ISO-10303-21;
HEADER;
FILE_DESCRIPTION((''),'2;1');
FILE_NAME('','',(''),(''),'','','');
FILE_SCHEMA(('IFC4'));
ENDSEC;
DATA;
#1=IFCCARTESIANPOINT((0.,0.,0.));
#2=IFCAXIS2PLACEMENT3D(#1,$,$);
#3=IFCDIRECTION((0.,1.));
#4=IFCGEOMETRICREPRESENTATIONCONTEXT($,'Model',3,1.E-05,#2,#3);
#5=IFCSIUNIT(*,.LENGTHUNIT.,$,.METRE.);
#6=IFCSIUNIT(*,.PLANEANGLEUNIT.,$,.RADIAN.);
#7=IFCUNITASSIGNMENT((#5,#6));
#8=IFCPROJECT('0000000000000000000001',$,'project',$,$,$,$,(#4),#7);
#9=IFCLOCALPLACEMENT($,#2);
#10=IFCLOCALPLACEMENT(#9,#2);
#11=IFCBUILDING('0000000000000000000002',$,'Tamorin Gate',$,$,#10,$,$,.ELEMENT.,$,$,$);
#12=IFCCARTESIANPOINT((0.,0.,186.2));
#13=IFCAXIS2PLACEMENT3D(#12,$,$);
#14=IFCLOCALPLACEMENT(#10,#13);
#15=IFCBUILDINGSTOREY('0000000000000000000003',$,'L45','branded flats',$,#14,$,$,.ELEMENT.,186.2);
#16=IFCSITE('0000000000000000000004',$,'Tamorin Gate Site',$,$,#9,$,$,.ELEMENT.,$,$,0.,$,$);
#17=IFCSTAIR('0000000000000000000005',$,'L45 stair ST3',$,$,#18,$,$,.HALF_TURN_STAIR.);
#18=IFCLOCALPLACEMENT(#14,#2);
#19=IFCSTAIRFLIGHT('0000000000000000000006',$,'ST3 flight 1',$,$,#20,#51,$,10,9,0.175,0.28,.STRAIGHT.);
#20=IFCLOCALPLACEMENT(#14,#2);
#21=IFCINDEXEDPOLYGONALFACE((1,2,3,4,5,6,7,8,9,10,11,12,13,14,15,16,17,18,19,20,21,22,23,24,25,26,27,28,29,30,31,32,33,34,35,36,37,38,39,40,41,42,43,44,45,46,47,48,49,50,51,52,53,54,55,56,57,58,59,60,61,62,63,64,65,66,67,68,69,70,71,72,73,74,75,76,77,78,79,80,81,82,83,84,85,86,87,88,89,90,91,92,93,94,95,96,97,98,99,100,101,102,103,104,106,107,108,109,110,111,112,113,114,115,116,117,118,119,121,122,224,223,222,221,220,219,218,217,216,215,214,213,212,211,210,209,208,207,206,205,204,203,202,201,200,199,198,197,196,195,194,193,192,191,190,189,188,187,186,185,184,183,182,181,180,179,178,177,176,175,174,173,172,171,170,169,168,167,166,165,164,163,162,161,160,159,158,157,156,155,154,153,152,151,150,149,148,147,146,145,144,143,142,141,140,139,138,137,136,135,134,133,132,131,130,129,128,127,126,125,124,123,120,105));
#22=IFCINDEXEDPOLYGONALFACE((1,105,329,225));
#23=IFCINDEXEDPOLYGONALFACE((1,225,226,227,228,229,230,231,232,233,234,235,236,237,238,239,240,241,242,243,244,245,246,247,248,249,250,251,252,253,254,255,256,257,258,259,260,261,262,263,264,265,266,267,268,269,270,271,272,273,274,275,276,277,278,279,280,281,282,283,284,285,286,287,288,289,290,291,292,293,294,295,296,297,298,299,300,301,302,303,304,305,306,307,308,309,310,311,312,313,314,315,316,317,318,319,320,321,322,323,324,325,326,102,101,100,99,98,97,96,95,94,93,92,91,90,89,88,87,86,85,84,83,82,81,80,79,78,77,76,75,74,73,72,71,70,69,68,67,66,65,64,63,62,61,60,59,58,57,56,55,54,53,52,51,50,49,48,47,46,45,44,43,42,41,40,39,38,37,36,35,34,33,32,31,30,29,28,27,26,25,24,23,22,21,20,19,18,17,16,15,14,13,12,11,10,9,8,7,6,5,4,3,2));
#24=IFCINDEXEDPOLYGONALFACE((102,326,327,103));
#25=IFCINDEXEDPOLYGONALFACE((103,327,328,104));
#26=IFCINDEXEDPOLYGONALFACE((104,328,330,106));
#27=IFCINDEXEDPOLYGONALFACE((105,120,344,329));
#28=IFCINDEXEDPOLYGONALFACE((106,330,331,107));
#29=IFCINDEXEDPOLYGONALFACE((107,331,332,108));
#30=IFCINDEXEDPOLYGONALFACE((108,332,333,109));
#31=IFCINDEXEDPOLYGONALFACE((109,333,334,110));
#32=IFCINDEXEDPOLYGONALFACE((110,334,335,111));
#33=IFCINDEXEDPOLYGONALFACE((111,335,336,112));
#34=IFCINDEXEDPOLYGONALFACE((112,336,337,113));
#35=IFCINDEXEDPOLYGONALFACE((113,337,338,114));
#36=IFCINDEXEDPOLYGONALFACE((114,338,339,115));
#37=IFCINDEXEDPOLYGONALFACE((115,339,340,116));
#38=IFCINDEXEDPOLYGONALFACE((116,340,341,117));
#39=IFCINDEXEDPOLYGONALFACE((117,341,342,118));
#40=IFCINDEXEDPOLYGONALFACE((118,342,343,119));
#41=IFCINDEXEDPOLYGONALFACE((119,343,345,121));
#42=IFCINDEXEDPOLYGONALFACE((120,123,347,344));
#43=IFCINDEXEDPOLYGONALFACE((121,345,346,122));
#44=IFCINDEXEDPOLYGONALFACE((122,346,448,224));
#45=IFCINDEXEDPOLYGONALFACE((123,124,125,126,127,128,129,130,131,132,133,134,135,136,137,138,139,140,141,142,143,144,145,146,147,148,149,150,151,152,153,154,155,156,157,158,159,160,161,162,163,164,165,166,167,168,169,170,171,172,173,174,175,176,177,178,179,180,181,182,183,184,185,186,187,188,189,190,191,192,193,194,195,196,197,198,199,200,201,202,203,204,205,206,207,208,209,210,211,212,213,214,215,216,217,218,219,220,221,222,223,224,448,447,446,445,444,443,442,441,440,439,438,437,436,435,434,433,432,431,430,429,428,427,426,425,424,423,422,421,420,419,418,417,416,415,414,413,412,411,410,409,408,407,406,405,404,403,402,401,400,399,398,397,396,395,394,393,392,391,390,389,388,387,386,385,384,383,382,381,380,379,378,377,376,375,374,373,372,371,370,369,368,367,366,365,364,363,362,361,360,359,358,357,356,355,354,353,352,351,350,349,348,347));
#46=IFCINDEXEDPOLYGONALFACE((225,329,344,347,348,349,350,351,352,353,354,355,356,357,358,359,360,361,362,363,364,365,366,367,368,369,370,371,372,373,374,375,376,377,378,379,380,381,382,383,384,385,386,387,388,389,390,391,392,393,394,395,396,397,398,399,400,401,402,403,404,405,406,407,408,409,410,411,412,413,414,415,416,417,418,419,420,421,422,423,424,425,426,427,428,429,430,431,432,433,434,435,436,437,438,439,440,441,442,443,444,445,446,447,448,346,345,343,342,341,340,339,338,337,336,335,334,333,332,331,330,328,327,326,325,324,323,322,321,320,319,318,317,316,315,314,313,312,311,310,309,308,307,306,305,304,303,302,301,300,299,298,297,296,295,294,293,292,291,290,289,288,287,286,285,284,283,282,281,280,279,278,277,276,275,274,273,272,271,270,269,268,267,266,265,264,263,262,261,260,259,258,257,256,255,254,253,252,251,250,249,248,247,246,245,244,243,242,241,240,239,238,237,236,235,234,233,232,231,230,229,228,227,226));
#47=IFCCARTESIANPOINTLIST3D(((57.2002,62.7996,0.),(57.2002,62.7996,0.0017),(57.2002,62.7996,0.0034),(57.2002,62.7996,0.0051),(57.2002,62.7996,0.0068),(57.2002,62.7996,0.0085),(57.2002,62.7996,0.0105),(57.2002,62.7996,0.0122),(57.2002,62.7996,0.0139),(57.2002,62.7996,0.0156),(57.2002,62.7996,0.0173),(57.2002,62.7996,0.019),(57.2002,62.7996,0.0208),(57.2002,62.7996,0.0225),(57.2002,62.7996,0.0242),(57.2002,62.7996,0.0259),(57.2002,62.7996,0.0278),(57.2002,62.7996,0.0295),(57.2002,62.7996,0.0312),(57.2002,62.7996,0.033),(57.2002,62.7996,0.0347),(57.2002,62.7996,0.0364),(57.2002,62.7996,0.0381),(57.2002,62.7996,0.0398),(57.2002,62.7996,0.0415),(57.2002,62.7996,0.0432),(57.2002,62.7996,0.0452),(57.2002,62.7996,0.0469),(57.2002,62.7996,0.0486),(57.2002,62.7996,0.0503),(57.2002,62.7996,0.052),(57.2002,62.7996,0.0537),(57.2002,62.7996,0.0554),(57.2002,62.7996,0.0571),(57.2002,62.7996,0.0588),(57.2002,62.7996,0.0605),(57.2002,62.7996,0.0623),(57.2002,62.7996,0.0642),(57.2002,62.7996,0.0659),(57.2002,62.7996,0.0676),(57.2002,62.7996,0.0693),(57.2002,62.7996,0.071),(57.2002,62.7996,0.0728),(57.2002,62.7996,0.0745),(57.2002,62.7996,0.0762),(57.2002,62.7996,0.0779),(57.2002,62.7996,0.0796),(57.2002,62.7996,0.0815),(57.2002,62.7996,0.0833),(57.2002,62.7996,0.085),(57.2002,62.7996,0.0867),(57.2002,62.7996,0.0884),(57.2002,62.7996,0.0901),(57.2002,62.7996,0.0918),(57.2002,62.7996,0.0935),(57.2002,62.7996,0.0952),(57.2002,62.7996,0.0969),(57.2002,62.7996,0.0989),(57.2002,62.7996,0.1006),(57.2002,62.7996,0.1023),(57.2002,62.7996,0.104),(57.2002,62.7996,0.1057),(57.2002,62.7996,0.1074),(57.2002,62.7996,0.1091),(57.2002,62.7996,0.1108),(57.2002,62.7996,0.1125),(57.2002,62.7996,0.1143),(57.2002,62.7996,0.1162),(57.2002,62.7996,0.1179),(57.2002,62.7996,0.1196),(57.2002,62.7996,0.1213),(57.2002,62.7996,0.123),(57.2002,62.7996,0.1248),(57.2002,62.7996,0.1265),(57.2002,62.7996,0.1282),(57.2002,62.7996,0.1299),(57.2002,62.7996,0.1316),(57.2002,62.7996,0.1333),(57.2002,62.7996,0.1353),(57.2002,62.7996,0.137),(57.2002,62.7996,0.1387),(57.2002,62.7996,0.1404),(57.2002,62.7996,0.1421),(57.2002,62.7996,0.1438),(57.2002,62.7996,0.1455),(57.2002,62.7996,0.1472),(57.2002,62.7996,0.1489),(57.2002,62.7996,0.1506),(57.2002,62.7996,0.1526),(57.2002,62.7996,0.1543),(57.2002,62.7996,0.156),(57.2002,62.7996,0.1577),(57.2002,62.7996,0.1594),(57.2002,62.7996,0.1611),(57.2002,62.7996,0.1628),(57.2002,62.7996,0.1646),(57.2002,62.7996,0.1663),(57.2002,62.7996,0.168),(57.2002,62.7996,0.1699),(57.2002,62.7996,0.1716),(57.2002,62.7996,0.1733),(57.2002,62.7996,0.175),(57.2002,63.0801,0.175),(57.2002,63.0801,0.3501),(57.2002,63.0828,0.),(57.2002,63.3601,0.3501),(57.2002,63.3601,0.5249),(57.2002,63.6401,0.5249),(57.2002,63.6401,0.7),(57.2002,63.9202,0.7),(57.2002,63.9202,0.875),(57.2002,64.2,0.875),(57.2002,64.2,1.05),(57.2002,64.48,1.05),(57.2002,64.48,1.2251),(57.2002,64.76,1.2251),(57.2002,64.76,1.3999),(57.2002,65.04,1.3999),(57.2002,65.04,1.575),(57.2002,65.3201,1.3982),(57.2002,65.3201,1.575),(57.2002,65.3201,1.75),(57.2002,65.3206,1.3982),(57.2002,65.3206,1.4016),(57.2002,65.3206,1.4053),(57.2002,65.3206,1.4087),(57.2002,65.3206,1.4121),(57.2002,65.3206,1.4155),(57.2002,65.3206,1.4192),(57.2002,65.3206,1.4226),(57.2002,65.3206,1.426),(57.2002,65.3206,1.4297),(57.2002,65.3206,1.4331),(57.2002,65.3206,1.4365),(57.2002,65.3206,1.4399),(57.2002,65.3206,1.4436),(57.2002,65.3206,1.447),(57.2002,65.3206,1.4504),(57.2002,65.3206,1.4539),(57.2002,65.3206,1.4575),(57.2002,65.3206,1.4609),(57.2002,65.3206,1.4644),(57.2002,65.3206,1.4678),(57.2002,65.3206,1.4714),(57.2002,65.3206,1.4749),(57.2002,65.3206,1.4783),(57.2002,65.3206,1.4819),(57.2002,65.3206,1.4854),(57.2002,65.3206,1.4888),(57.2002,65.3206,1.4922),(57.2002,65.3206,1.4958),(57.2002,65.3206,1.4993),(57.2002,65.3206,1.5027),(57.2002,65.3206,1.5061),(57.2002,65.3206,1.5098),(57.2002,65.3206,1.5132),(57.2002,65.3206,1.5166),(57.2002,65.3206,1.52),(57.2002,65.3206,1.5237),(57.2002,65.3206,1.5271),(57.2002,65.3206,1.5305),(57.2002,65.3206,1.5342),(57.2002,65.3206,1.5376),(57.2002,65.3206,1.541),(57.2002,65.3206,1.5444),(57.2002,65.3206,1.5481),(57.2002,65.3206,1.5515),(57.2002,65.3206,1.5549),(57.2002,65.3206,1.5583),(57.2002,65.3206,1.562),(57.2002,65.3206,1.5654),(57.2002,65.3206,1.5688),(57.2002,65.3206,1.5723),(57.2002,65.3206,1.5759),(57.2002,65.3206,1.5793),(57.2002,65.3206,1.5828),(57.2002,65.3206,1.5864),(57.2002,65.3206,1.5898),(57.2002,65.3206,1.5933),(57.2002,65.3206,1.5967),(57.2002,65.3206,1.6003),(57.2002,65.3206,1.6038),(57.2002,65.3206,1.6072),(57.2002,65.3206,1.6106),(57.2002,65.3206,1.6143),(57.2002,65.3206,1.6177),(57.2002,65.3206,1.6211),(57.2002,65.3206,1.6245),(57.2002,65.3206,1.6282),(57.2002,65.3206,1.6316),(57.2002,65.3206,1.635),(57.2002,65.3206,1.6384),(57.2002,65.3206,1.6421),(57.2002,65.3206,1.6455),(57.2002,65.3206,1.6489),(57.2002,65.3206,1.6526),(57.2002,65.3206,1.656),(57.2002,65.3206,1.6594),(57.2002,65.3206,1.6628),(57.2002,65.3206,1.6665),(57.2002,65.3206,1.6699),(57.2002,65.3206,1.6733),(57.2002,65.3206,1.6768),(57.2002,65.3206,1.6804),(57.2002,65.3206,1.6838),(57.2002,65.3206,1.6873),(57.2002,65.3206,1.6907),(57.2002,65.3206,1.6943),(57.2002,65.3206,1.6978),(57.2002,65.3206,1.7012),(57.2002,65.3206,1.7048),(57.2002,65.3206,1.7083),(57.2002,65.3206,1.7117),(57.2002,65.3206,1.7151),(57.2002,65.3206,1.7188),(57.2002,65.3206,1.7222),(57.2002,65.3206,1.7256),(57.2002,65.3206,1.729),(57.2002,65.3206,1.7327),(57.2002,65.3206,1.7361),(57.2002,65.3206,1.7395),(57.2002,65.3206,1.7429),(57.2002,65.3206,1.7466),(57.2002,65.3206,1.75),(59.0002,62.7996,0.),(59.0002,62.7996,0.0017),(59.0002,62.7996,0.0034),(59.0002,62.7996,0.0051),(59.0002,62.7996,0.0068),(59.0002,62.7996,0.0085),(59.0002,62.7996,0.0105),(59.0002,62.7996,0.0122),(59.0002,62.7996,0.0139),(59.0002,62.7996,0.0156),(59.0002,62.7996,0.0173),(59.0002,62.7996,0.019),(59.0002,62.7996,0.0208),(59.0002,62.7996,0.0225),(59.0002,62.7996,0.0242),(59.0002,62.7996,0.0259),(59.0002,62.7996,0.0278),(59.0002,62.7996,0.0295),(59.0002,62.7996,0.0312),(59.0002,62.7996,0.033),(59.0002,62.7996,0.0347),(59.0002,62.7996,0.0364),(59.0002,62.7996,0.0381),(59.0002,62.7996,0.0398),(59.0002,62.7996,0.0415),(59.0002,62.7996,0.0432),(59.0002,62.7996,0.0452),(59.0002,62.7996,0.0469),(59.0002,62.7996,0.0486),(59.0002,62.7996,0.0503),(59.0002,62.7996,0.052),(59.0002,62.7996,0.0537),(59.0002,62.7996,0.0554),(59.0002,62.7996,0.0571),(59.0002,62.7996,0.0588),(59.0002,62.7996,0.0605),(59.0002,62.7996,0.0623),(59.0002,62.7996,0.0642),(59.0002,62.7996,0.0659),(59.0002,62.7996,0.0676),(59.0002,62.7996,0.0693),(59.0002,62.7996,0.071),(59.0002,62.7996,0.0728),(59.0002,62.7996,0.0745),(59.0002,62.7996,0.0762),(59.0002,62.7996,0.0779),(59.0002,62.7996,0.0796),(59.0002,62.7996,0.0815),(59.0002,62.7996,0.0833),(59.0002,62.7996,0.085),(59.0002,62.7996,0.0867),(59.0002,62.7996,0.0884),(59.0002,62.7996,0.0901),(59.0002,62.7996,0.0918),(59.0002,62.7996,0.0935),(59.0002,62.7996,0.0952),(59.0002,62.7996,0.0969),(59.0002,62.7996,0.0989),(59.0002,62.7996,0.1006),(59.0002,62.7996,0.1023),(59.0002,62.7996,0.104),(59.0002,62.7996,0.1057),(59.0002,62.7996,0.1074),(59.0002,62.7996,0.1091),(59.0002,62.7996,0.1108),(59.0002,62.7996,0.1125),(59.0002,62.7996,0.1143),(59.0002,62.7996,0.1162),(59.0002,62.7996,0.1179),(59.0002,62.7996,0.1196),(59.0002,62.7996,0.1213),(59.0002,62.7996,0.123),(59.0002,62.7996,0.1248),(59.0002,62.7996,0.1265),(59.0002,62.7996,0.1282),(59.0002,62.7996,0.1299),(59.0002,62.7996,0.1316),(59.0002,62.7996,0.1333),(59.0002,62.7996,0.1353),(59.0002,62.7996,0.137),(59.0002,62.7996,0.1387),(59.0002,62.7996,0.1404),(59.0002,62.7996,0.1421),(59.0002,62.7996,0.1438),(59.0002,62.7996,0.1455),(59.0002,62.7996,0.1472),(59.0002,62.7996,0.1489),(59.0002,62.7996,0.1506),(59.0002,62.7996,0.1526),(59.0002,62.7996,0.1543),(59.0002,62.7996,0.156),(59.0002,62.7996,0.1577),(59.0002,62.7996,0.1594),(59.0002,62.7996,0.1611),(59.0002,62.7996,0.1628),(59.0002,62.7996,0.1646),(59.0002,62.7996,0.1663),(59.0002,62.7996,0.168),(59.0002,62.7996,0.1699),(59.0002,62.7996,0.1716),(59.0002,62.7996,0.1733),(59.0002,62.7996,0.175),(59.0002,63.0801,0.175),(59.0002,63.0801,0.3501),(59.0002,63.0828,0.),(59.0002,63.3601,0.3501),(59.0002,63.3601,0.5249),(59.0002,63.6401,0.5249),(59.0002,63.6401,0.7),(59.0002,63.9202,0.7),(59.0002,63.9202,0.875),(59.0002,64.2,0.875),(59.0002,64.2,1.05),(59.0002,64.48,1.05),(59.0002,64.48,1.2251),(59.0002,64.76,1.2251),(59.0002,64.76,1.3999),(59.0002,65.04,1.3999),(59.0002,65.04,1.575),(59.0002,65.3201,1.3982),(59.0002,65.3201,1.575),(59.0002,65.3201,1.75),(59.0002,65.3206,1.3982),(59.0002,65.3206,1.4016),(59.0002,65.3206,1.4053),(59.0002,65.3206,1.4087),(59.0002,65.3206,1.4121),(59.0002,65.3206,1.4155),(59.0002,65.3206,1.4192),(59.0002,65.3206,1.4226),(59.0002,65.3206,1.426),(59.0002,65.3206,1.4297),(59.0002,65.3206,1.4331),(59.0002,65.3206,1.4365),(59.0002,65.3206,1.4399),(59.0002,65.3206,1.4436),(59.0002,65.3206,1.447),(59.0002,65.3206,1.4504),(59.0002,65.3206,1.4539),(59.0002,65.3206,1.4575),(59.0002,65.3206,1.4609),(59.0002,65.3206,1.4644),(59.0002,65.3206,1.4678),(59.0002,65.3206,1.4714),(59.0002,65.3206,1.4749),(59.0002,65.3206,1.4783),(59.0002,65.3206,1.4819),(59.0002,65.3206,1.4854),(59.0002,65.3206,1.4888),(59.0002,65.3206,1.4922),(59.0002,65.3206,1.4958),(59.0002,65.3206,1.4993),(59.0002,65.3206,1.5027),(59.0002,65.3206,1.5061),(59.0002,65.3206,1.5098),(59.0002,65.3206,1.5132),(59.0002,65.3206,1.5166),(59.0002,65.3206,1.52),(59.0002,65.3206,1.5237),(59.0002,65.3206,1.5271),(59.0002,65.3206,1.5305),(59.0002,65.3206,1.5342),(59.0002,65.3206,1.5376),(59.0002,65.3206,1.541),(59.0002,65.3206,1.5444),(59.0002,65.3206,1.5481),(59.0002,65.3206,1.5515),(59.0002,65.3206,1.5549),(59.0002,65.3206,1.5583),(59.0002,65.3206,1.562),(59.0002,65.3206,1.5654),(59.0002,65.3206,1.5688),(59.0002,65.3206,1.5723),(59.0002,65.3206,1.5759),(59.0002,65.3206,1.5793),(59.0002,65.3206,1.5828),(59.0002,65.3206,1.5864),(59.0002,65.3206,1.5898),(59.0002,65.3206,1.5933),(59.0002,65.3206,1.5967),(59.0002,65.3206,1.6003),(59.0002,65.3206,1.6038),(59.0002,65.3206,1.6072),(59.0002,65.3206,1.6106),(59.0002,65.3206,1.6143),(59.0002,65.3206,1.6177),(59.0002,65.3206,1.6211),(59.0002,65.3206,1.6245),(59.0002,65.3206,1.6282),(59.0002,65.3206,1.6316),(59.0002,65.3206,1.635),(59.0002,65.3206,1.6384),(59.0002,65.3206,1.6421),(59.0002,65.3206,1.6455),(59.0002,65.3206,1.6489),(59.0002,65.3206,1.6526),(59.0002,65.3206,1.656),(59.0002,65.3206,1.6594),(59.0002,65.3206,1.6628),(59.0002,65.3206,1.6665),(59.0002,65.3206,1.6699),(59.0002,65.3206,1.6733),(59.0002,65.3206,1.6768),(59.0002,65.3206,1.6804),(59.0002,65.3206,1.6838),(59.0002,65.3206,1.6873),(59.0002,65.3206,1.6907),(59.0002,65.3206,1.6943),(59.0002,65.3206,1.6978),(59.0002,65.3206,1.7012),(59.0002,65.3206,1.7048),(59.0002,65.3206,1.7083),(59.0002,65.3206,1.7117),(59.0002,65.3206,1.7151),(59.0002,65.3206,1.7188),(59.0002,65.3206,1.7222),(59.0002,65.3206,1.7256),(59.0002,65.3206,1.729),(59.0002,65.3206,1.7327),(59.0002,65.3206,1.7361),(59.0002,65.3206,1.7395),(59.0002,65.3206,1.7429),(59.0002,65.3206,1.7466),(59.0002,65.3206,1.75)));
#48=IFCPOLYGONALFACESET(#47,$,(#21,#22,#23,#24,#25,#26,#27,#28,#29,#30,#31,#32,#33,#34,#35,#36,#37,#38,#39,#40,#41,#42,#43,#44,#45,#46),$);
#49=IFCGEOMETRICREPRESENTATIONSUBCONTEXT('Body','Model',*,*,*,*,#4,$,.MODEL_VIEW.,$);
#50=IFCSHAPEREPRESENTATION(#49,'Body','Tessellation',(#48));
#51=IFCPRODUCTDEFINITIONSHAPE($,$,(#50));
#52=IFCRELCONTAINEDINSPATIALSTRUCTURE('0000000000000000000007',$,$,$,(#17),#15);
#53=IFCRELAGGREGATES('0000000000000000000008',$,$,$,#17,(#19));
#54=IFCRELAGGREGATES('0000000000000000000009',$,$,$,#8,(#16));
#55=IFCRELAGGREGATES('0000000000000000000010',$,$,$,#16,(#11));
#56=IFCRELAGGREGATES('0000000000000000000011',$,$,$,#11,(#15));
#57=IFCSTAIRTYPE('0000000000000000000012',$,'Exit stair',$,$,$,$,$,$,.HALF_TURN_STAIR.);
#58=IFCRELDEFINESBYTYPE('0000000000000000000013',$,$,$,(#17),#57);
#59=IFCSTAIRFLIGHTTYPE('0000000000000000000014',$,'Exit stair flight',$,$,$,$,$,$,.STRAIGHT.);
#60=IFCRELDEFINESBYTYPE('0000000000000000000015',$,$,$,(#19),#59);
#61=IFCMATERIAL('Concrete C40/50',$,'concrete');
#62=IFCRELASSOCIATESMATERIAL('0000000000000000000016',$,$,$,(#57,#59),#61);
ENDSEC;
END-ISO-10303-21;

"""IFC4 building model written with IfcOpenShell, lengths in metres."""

from ifc_helpers import new_model, si_unit, direction, frame, origin, place, context, subcontext, project, spatial, polyline, outline, extrude, material, type_object, element, aggregate, save


model = new_model("IFC4")

# Units and contexts
model_context = context("Model", 3, precision=1e-05, world=origin(), true_north=direction((0.0, 1.0)))
body_context = subcontext(model_context, "Body", "Model", "MODEL_VIEW")
ifc_project = project(units=[si_unit("LENGTHUNIT", "METRE"), si_unit("PLANEANGLEUNIT", "RADIAN")], contexts=[model_context])

# Site, building, storey
site_placement = place(None, origin())
site = spatial("IfcSite", under=ifc_project, at=site_placement, Name="Tamorin Gate Site", CompositionType="ELEMENT", RefElevation=0.0)
building_placement = place(site_placement, origin())
building = spatial("IfcBuilding", under=site, at=building_placement, Name="Tamorin Gate", CompositionType="ELEMENT")
storey_placement = place(building_placement, frame((0.0, 0.0, 186.2)))
storey = spatial("IfcBuildingStorey", under=building, at=storey_placement, Name="L45", Description="branded flats", CompositionType="ELEMENT", Elevation=186.2)

# Shared definitions
ifc_material_1 = material(Name="Concrete C40/50", Category="concrete")

# Stair, stair flight
stair_type = type_object("IfcStairType", Name="Exit stair", PredefinedType="HALF_TURN_STAIR", material=ifc_material_1)
stair_placement = place(storey_placement, origin())
stair = element("IfcStair", 1, at=stair_placement, inside=storey, type_object=stair_type, Name="L45 stair ST3", PredefinedType="HALF_TURN_STAIR")
stair_flight_type = type_object("IfcStairFlightType", Name="Exit stair flight", PredefinedType="STRAIGHT", material=ifc_material_1)
stair_flight_1_placement = place(storey_placement, frame((58.1001, 62.8, 0.0), z_axis=(0.0, 0.0, 1.0), x_axis=(0.0, 1.0, 0.0)))
stair_flight_1 = element("IfcStairFlight", 2, at=stair_flight_1_placement, type_object=stair_flight_type, Name="ST3 flight 1", NumberOfRisers=10, NumberOfTreads=9, PredefinedType="STRAIGHT", RiserHeight=0.175, TreadLength=0.28, context=body_context, shape_type="SweptSolid", body=[
    extrude(outline(polyline([(-0.0005, 0.0), (-0.0005, 0.0017), (-0.0005, 0.0034), (-0.0005, 0.0051), (-0.0005, 0.0068), (-0.0005, 0.0085), (-0.0005, 0.0105), (-0.0005, 0.0122), (-0.0005, 0.0139), (-0.0005, 0.0156), (-0.0005, 0.0173), (-0.0005, 0.019), (-0.0005, 0.0208), (-0.0005, 0.0225), (-0.0005, 0.0242), (-0.0005, 0.0259), (-0.0005, 0.0278), (-0.0005, 0.0295), (-0.0005, 0.0312), (-0.0005, 0.033), (-0.0005, 0.0347), (-0.0005, 0.0364), (-0.0005, 0.0381), (-0.0005, 0.0398), (-0.0005, 0.0415), (-0.0005, 0.0432), (-0.0005, 0.0452), (-0.0005, 0.0469), (-0.0005, 0.0486), (-0.0005, 0.0503), (-0.0005, 0.052), (-0.0005, 0.0537), (-0.0005, 0.0554), (-0.0005, 0.0571), (-0.0005, 0.0588), (-0.0005, 0.0605), (-0.0005, 0.0623), (-0.0005, 0.0642), (-0.0005, 0.0659), (-0.0005, 0.0676), (-0.0005, 0.0693), (-0.0005, 0.071), (-0.0005, 0.0728), (-0.0005, 0.0745), (-0.0005, 0.0762), (-0.0005, 0.0779), (-0.0005, 0.0796), (-0.0005, 0.0815), (-0.0005, 0.0833), (-0.0005, 0.085), (-0.0005, 0.0867), (-0.0005, 0.0884), (-0.0005, 0.0901), (-0.0005, 0.0918), (-0.0005, 0.0935), (-0.0005, 0.0952), (-0.0005, 0.0969), (-0.0005, 0.0989), (-0.0005, 0.1006), (-0.0005, 0.1023), (-0.0005, 0.104), (-0.0005, 0.1057), (-0.0005, 0.1074), (-0.0005, 0.1091), (-0.0005, 0.1108), (-0.0005, 0.1125), (-0.0005, 0.1143), (-0.0005, 0.1162), (-0.0005, 0.1179), (-0.0005, 0.1196), (-0.0005, 0.1213), (-0.0005, 0.123), (-0.0005, 0.1248), (-0.0005, 0.1265), (-0.0005, 0.1282), (-0.0005, 0.1299), (-0.0005, 0.1316), (-0.0005, 0.1333), (-0.0005, 0.1353), (-0.0005, 0.137), (-0.0005, 0.1387), (-0.0005, 0.1404), (-0.0005, 0.1421), (-0.0005, 0.1438), (-0.0005, 0.1455), (-0.0005, 0.1472), (-0.0005, 0.1489), (-0.0005, 0.1506), (-0.0005, 0.1526), (-0.0005, 0.1543), (-0.0005, 0.156), (-0.0005, 0.1577), (-0.0005, 0.1594), (-0.0005, 0.1611), (-0.0005, 0.1628), (-0.0005, 0.1646), (-0.0005, 0.1663), (-0.0005, 0.168), (-0.0005, 0.1699), (-0.0005, 0.1716), (-0.0005, 0.1733), (-0.0005, 0.175), (0.28, 0.175), (0.28, 0.3501), (0.5601, 0.3501), (0.5601, 0.5249), (0.8401, 0.5249), (0.8401, 0.7), (1.1201, 0.7), (1.1201, 0.875), (1.3999, 0.875), (1.3999, 1.05), (1.6799, 1.05), (1.6799, 1.2251), (1.96, 1.2251), (1.96, 1.3999), (2.24, 1.3999), (2.24, 1.575), (2.52, 1.575), (2.52, 1.75), (2.5205, 1.75), (2.5205, 1.7466), (2.5205, 1.7429), (2.5205, 1.7395), (2.5205, 1.7361), (2.5205, 1.7327), (2.5205, 1.729), (2.5205, 1.7256), (2.5205, 1.7222), (2.5205, 1.7188), (2.5205, 1.7151), (2.5205, 1.7117), (2.5205, 1.7083), (2.5205, 1.7048), (2.5205, 1.7012), (2.5205, 1.6978), (2.5205, 1.6943), (2.5205, 1.6907), (2.5205, 1.6873), (2.5205, 1.6838), (2.5205, 1.6804), (2.5205, 1.6768), (2.5205, 1.6733), (2.5205, 1.6699), (2.5205, 1.6665), (2.5205, 1.6628), (2.5205, 1.6594), (2.5205, 1.656), (2.5205, 1.6526), (2.5205, 1.6489), (2.5205, 1.6455), (2.5205, 1.6421), (2.5205, 1.6384), (2.5205, 1.635), (2.5205, 1.6316), (2.5205, 1.6282), (2.5205, 1.6245), (2.5205, 1.6211), (2.5205, 1.6177), (2.5205, 1.6143), (2.5205, 1.6106), (2.5205, 1.6072), (2.5205, 1.6038), (2.5205, 1.6003), (2.5205, 1.5967), (2.5205, 1.5933), (2.5205, 1.5898), (2.5205, 1.5864), (2.5205, 1.5828), (2.5205, 1.5793), (2.5205, 1.5759), (2.5205, 1.5723), (2.5205, 1.5688), (2.5205, 1.5654), (2.5205, 1.562), (2.5205, 1.5583), (2.5205, 1.5549), (2.5205, 1.5515), (2.5205, 1.5481), (2.5205, 1.5444), (2.5205, 1.541), (2.5205, 1.5376), (2.5205, 1.5342), (2.5205, 1.5305), (2.5205, 1.5271), (2.5205, 1.5237), (2.5205, 1.52), (2.5205, 1.5166), (2.5205, 1.5132), (2.5205, 1.5098), (2.5205, 1.5061), (2.5205, 1.5027), (2.5205, 1.4993), (2.5205, 1.4958), (2.5205, 1.4922), (2.5205, 1.4888), (2.5205, 1.4854), (2.5205, 1.4819), (2.5205, 1.4783), (2.5205, 1.4749), (2.5205, 1.4714), (2.5205, 1.4678), (2.5205, 1.4644), (2.5205, 1.4609), (2.5205, 1.4575), (2.5205, 1.4539), (2.5205, 1.4504), (2.5205, 1.447), (2.5205, 1.4436), (2.5205, 1.4399), (2.5205, 1.4365), (2.5205, 1.4331), (2.5205, 1.4297), (2.5205, 1.426), (2.5205, 1.4226), (2.5205, 1.4192), (2.5205, 1.4155), (2.5205, 1.4121), (2.5205, 1.4087), (2.5205, 1.4053), (2.5205, 1.4016), (2.5205, 1.3982), (2.52, 1.3982), (0.2827, 0.0), (-0.0005, 0.0)])), frame((0.0, 0.8999, 0.0), z_axis=(0.0, -1.0, 0.0), x_axis=(1.0, 0.0, 0.0)), (0.0, 0.0, 1.0), 1.8),
])
aggregate(stair, [stair_flight_1])

save(model, "model.ifc")
